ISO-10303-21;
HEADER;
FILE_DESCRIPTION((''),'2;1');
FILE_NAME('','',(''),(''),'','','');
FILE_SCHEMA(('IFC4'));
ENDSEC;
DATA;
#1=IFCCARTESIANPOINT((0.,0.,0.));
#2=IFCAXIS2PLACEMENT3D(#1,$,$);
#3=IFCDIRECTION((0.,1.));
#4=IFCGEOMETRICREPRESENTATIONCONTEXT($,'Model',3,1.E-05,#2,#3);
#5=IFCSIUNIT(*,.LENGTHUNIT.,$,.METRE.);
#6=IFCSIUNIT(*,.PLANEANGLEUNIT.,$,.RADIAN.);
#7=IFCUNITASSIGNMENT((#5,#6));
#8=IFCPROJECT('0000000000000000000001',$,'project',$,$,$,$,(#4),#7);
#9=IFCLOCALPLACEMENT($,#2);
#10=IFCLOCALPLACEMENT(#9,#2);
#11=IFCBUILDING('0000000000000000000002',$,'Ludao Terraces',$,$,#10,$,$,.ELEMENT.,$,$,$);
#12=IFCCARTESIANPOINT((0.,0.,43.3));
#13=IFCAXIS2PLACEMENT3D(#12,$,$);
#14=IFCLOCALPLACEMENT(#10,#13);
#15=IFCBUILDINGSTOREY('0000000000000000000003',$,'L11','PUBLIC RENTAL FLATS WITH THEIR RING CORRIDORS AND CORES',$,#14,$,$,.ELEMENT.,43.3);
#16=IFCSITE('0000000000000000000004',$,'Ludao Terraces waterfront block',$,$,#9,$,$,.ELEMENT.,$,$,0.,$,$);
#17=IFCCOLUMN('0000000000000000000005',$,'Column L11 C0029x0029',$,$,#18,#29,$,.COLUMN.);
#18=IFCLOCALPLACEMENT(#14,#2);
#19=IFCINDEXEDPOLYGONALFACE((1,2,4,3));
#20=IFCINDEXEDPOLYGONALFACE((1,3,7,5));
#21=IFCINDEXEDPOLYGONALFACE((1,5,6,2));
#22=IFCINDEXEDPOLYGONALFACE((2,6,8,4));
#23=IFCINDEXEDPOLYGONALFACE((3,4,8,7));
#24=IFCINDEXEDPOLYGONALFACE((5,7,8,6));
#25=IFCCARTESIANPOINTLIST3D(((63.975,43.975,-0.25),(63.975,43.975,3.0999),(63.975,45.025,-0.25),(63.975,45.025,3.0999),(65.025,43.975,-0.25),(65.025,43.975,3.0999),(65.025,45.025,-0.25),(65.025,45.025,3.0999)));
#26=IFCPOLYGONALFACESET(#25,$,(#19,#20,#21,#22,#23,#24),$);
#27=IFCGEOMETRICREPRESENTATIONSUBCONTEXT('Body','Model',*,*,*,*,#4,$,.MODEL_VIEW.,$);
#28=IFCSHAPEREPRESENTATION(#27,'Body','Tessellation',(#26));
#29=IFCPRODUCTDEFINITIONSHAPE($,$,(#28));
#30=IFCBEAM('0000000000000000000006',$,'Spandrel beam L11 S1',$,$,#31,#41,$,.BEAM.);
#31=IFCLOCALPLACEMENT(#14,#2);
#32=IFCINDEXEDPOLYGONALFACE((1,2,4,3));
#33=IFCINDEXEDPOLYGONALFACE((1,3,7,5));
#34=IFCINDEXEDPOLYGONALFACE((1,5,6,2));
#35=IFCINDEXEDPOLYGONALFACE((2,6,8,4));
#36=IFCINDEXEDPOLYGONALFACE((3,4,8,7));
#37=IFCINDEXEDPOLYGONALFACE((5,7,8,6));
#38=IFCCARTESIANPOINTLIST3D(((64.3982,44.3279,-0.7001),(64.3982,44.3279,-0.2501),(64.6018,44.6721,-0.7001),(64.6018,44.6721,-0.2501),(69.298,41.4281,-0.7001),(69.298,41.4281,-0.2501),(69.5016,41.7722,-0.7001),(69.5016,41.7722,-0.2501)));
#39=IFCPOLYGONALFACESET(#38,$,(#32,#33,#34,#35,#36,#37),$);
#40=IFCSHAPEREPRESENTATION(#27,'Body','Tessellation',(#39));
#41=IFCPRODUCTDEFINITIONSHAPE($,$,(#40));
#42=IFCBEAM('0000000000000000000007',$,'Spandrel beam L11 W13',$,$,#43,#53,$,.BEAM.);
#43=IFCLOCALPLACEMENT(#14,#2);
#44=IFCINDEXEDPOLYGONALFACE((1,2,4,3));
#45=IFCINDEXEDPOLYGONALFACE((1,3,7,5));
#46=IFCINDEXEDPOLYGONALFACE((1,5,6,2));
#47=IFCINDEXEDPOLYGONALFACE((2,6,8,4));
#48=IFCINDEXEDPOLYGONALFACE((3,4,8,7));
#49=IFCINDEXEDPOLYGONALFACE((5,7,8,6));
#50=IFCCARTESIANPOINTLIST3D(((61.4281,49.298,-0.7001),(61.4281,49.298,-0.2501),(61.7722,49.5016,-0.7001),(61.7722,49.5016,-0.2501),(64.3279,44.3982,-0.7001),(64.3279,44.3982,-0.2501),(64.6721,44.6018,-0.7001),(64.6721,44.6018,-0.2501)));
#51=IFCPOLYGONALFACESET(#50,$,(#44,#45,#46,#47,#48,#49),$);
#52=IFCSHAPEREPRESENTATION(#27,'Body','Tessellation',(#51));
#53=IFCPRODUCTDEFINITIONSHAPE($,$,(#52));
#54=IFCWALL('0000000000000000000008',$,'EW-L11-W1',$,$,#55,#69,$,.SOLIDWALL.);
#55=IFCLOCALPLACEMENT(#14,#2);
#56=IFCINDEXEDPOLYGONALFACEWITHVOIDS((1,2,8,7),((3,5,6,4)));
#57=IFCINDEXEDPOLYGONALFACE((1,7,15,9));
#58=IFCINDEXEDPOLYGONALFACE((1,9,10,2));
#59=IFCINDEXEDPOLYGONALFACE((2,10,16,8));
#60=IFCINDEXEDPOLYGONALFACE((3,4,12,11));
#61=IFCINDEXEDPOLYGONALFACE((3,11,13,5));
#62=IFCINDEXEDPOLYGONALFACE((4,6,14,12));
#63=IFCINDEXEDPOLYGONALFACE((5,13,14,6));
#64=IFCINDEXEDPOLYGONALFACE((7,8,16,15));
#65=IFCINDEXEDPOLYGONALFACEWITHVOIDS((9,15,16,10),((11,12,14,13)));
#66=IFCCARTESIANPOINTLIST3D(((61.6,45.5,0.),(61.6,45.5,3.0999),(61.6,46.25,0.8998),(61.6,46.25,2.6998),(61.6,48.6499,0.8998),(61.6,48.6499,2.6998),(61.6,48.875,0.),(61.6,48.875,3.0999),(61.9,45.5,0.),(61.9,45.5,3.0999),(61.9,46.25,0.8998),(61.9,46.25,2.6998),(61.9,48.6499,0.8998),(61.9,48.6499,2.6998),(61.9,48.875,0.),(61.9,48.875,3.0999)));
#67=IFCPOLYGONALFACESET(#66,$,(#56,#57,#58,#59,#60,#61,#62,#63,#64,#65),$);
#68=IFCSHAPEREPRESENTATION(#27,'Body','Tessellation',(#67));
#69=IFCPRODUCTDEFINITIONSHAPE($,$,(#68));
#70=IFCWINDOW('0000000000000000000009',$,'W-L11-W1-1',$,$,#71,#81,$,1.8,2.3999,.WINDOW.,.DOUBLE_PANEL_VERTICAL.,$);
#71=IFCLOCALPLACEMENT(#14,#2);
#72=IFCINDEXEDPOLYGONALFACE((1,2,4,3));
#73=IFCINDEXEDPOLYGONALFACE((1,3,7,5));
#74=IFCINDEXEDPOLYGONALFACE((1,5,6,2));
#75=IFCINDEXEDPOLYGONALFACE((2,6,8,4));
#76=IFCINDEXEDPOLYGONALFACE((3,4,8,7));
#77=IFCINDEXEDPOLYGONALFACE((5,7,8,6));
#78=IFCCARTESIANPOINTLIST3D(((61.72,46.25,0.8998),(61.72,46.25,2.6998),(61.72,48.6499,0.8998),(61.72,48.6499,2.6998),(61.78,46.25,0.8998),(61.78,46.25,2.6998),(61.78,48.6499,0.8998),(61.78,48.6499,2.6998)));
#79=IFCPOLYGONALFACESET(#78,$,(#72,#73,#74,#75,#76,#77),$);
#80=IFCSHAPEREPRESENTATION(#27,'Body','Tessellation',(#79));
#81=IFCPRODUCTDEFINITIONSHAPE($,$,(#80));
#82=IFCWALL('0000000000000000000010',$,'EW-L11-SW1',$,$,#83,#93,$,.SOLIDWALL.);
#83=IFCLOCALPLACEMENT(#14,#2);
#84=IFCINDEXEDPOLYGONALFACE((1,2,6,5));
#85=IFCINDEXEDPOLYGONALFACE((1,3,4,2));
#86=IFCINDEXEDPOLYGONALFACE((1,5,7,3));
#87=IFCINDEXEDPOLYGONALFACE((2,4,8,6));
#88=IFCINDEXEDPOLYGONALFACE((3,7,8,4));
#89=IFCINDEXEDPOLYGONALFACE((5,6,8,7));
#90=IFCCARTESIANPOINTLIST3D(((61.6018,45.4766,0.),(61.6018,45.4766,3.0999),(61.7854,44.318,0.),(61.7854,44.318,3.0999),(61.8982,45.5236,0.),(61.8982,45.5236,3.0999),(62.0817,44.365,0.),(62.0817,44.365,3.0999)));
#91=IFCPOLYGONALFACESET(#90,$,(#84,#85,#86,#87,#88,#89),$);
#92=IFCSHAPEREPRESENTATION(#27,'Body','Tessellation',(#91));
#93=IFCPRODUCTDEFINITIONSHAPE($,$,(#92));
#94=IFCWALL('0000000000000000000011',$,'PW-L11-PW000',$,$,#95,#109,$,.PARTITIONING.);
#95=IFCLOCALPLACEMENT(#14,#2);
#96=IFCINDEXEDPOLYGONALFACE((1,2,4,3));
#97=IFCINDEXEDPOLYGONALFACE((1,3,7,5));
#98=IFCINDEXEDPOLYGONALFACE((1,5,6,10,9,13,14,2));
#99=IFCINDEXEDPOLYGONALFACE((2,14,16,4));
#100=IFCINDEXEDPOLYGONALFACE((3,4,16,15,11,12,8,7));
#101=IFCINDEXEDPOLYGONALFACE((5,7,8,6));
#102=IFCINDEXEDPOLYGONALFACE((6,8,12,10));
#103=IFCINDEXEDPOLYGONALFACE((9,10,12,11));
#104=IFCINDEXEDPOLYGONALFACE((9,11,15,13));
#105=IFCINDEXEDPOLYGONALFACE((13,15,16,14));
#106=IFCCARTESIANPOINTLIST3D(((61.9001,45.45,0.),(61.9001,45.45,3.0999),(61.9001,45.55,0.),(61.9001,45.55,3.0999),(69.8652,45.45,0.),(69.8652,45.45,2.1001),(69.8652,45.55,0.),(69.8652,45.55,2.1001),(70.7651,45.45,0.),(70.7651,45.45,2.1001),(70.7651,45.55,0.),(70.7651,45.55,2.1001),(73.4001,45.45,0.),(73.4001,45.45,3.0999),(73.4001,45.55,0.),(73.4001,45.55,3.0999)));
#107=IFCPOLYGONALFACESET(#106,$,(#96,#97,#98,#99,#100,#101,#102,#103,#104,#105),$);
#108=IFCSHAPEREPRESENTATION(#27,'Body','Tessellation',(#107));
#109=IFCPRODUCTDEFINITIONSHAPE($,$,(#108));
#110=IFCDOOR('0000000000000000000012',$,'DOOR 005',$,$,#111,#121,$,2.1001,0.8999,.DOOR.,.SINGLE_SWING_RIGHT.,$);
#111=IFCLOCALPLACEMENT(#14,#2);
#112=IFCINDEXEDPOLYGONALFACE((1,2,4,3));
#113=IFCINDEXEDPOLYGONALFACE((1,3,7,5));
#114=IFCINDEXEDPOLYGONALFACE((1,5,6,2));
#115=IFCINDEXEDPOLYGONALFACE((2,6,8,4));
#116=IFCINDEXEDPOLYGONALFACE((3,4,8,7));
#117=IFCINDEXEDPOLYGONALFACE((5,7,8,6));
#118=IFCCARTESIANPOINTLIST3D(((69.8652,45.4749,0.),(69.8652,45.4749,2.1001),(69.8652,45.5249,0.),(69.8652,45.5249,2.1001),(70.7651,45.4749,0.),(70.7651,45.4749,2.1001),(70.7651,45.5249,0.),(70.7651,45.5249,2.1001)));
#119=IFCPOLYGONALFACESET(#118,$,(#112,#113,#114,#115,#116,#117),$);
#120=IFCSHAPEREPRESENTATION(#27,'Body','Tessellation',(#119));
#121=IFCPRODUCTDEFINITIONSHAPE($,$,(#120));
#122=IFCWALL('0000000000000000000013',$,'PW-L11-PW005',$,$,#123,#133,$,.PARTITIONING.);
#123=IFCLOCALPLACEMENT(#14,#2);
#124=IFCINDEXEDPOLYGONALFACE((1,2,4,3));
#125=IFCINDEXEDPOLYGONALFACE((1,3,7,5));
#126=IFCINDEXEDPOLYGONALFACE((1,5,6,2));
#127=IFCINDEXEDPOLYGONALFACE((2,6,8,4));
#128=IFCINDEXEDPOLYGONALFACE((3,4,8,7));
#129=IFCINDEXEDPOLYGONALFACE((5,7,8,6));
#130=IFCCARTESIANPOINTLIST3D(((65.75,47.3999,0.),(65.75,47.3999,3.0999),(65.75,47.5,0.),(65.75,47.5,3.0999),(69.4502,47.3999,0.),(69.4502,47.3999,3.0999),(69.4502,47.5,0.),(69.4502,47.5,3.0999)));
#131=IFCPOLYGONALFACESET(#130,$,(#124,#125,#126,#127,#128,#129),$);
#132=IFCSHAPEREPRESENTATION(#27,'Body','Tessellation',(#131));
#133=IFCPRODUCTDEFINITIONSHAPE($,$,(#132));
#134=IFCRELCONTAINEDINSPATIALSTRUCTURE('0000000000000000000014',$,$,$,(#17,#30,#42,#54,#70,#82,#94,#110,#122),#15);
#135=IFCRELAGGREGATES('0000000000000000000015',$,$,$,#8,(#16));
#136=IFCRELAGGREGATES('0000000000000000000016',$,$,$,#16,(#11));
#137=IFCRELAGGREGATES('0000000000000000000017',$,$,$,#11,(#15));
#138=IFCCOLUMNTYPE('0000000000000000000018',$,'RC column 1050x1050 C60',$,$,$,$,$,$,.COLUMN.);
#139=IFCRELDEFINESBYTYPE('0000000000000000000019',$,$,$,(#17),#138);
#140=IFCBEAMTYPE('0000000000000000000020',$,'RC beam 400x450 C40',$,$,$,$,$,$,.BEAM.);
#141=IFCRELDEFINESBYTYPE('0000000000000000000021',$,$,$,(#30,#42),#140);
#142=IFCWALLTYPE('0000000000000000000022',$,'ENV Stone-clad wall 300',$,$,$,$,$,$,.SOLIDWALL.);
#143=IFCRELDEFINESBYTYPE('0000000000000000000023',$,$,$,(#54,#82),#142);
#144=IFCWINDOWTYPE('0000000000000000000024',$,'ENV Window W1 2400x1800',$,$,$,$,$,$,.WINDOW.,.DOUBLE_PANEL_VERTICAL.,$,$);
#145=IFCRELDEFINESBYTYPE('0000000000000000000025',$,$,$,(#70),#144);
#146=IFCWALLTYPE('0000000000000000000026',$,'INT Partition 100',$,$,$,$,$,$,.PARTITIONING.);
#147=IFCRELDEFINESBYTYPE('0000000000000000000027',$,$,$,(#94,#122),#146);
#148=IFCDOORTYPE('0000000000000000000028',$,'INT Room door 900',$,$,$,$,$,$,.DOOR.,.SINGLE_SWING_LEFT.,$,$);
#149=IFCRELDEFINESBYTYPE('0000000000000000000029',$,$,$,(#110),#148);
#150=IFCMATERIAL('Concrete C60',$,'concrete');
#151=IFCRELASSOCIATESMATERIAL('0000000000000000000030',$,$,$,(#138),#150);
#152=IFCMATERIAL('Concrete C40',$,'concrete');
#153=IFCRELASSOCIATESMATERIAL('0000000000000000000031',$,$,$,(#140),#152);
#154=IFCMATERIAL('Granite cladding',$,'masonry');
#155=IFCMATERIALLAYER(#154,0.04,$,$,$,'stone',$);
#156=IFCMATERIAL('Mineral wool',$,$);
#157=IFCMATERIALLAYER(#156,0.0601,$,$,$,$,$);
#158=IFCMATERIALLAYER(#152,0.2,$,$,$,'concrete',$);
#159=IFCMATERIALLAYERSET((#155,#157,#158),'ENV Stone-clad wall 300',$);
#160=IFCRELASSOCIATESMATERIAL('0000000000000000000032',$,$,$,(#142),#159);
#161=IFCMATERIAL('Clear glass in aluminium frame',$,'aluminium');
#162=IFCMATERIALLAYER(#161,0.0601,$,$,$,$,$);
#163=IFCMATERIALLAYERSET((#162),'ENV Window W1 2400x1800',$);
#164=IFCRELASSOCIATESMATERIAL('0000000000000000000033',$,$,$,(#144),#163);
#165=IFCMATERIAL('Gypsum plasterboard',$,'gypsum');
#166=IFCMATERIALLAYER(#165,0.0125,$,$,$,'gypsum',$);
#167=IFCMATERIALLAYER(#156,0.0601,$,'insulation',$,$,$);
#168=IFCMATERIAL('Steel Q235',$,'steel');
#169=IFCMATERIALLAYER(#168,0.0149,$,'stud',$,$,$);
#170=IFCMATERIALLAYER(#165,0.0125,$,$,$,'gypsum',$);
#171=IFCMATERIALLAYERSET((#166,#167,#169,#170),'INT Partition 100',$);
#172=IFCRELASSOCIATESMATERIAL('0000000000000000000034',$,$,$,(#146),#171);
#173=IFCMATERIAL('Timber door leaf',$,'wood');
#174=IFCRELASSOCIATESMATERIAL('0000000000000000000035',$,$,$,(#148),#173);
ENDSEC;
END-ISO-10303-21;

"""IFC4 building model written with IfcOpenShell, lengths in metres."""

from ifc_helpers import new_model, si_unit, direction, frame, frame_2d, origin, origin_2d, place, context, subcontext, project, spatial, rectangle, extrude, material, layer, layer_set, material_profile, profile_set, type_object, element, fill, save


model = new_model("IFC4")

# Units and contexts
model_context = context("Model", 3, precision=1e-05, world=origin(), true_north=direction((0.0, 1.0)))
body_context = subcontext(model_context, "Body", "Model", "MODEL_VIEW")
ifc_project = project(units=[si_unit("LENGTHUNIT", "METRE"), si_unit("PLANEANGLEUNIT", "RADIAN")], contexts=[model_context])

# Site, building, storey
site_placement = place(None, origin())
site = spatial("IfcSite", under=ifc_project, at=site_placement, Name="Ludao Terraces waterfront block", CompositionType="ELEMENT", RefElevation=0.0)
building_placement = place(site_placement, origin())
building = spatial("IfcBuilding", under=site, at=building_placement, Name="Ludao Terraces", CompositionType="ELEMENT")
storey_placement = place(building_placement, frame((0.0, 0.0, 43.3)))
storey = spatial("IfcBuildingStorey", under=building, at=storey_placement, Name="L11", Description="PUBLIC RENTAL FLATS WITH THEIR RING CORRIDORS AND CORES", CompositionType="ELEMENT", Elevation=43.3)

# Column
ifc_material_1 = material(Name="Concrete C60", Category="concrete")
ifc_material_profile_1 = material_profile(ifc_material_1, rectangle(XDim=1.05, YDim=1.05, at=origin_2d()), Name="1050 X 1050")
ifc_profile_set_1 = profile_set([ifc_material_profile_1], Name="Concrete C60")
column_type = type_object("IfcColumnType", Name="RC column 1050x1050 C60", PredefinedType="COLUMN", material=ifc_profile_set_1)
column_placement = place(storey_placement, frame((64.5, 44.5, -0.25), z_axis=(0.0, 0.0, 1.0), x_axis=(1.0, 0.0, 0.0)))
element("IfcColumn", 1, at=column_placement, inside=storey, type_object=column_type, Name="Column L11 C0029x0029", PredefinedType="COLUMN", context=body_context, shape_type="SweptSolid", body=[
    extrude(rectangle(XDim=1.05, YDim=1.05, at=origin_2d()), origin(), (0.0, 0.0, 1.0), 3.3499),
])

# Beams
ifc_material_2 = material(Name="Concrete C40", Category="concrete")
ifc_material_profile_2 = material_profile(ifc_material_2, rectangle(XDim=0.3999, YDim=0.45, at=origin_2d()), Name="400 X 450")
ifc_profile_set_2 = profile_set([ifc_material_profile_2], Name="Concrete C40")
beam_type = type_object("IfcBeamType", Name="RC beam 400x450 C40", PredefinedType="BEAM", material=ifc_profile_set_2)
for number, where, z_axis, x_axis, name in (
    (2, (64.5, 44.5, -0.4751), (0.86058, -0.509316, 0.0), (0.509316, 0.86058, 0.0), "Spandrel beam L11 S1"),
    (3, (64.5, 44.5, -0.4751), (-0.509316, 0.86058, 0.0), (-0.86058, -0.509316, 0.0), "Spandrel beam L11 W13"),
):
    element("IfcBeam", number, at=place(storey_placement, frame(where, z_axis=z_axis, x_axis=x_axis)), inside=storey, type_object=beam_type, Name=name, PredefinedType="BEAM", context=body_context, shape_type="SweptSolid", body=[
        extrude(rectangle(XDim=0.3999, YDim=0.45, at=origin_2d()), origin(), (0.0, 0.0, 1.0), 5.6936),
    ])

# Wall, opening, window
ifc_material_3 = material(Name="Granite cladding", Category="masonry")
ifc_layer_1 = layer(ifc_material_3, 0.04, Category="stone")
ifc_material_4 = material(Name="Mineral wool")
ifc_layer_2 = layer(ifc_material_4, 0.0601)
ifc_layer_3 = layer(ifc_material_2, 0.2, Category="concrete")
ifc_layer_set_1 = layer_set([ifc_layer_1, ifc_layer_2, ifc_layer_3], Name="ENV Stone-clad wall 300")
wall_type_1 = type_object("IfcWallType", Name="ENV Stone-clad wall 300", PredefinedType="SOLIDWALL", material=ifc_layer_set_1)
wall_1_placement = place(storey_placement, frame((61.75, 45.5, 0.0), z_axis=(0.0, 0.0, 1.0), x_axis=(0.0, 1.0, 0.0)))
wall_1 = element("IfcWall", 4, at=wall_1_placement, inside=storey, type_object=wall_type_1, Name="EW-L11-W1", PredefinedType="SOLIDWALL", context=body_context, shape_type="SweptSolid", body=[
    extrude(rectangle(XDim=3.375, YDim=0.3, at=frame_2d((1.6875, 0.0))), origin(), (0.0, 0.0, 1.0), 3.0999),
])
opening_1_placement = place(wall_1_placement, frame((0.75, 0.0, 0.8999)))
opening_1 = element("IfcOpeningElement", 5, at=opening_1_placement, cuts=wall_1, PredefinedType="OPENING", context=body_context, shape_type="SweptSolid", body=[
    extrude(rectangle(XDim=2.3999, YDim=1.8, at=frame_2d((1.2, 0.8999))), frame((0.0, 0.1602, 0.0), z_axis=(0.0, -1.0, 0.0), x_axis=(1.0, 0.0, 0.0)), (0.0, 0.0, 1.0), 0.3201),
])
ifc_material_5 = material(Name="Clear glass in aluminium frame", Category="aluminium")
ifc_layer_4 = layer(ifc_material_5, 0.0601)
ifc_layer_set_2 = layer_set([ifc_layer_4], Name="ENV Window W1 2400x1800")
window_type = type_object("IfcWindowType", Name="ENV Window W1 2400x1800", PartitioningType="DOUBLE_PANEL_VERTICAL", PredefinedType="WINDOW", material=ifc_layer_set_2)
window_placement = place(opening_1_placement, origin())
window = element("IfcWindow", 6, at=window_placement, inside=storey, type_object=window_type, Name="W-L11-W1-1", OverallHeight=1.8, OverallWidth=2.3999, PartitioningType="DOUBLE_PANEL_VERTICAL", PredefinedType="WINDOW", context=body_context, shape_type="SweptSolid", body=[
    extrude(rectangle(XDim=2.3999, YDim=1.8, at=frame_2d((1.2, 0.8999))), frame((0.0, 0.03, 0.0), z_axis=(0.0, -1.0, 0.0), x_axis=(1.0, 0.0, 0.0)), (0.0, 0.0, 1.0), 0.0601),
])
fill(opening_1, window)

# Wall
wall_2_placement = place(storey_placement, frame((61.75, 45.5, 0.0), z_axis=(0.0, 0.0, 1.0), x_axis=(0.156497, -0.987678, 0.0)))
element("IfcWall", 7, at=wall_2_placement, inside=storey, type_object=wall_type_1, Name="EW-L11-SW1", PredefinedType="SOLIDWALL", context=body_context, shape_type="SweptSolid", body=[
    extrude(rectangle(XDim=1.1731, YDim=0.3, at=frame_2d((0.5864, 0.0))), origin(), (0.0, 0.0, 1.0), 3.0999),
])

# Wall, opening, door
ifc_material_6 = material(Name="Gypsum plasterboard", Category="gypsum")
ifc_layer_5 = layer(ifc_material_6, 0.0125, Category="gypsum")
ifc_layer_6 = layer(ifc_material_4, 0.0601, Name="insulation")
ifc_material_7 = material(Name="Steel Q235", Category="steel")
ifc_layer_7 = layer(ifc_material_7, 0.0149, Name="stud")
ifc_layer_8 = layer(ifc_material_6, 0.0125, Category="gypsum")
ifc_layer_set_3 = layer_set([ifc_layer_5, ifc_layer_6, ifc_layer_7, ifc_layer_8], Name="INT Partition 100")
wall_type_2 = type_object("IfcWallType", Name="INT Partition 100", PredefinedType="PARTITIONING", material=ifc_layer_set_3)
wall_3_placement = place(storey_placement, frame((61.9001, 45.5, 0.0), z_axis=(0.0, 0.0, 1.0), x_axis=(1.0, 0.0, 0.0)))
wall_3 = element("IfcWall", 8, at=wall_3_placement, inside=storey, type_object=wall_type_2, Name="PW-L11-PW000", PredefinedType="PARTITIONING", context=body_context, shape_type="SweptSolid", body=[
    extrude(rectangle(XDim=11.5, YDim=0.1001, at=frame_2d((5.75, 0.0))), origin(), (0.0, 0.0, 1.0), 3.0999),
])
opening_2_placement = place(wall_3_placement, frame((7.9651, 0.0, 0.0)))
opening_2 = element("IfcOpeningElement", 9, at=opening_2_placement, cuts=wall_3, PredefinedType="OPENING", context=body_context, shape_type="SweptSolid", body=[
    extrude(rectangle(XDim=0.8999, YDim=2.1001, at=frame_2d((0.45, 1.05))), frame((0.0, 0.0601, 0.0), z_axis=(0.0, -1.0, 0.0), x_axis=(1.0, 0.0, 0.0)), (0.0, 0.0, 1.0), 0.1201),
])
ifc_material_8 = material(Name="Timber door leaf", Category="wood")
door_type = type_object("IfcDoorType", Name="INT Room door 900", OperationType="SINGLE_SWING_LEFT", PredefinedType="DOOR", material=ifc_material_8)
door_placement = place(opening_2_placement, origin())
door = element("IfcDoor", 10, at=door_placement, inside=storey, type_object=door_type, Name="DOOR 005", OperationType="SINGLE_SWING_RIGHT", OverallHeight=2.1001, OverallWidth=0.8999, PredefinedType="DOOR", context=body_context, shape_type="SweptSolid", body=[
    extrude(rectangle(XDim=0.8999, YDim=2.1001, at=frame_2d((0.45, 1.05))), frame((0.0, 0.0249, 0.0), z_axis=(0.0, -1.0, 0.0), x_axis=(1.0, 0.0, 0.0)), (0.0, 0.0, 1.0), 0.05),
])
fill(opening_2, door)

# Wall
wall_4_placement = place(storey_placement, frame((65.75, 47.45, 0.0), z_axis=(0.0, 0.0, 1.0), x_axis=(1.0, 0.0, 0.0)))
element("IfcWall", 11, at=wall_4_placement, inside=storey, type_object=wall_type_2, Name="PW-L11-PW005", PredefinedType="PARTITIONING", context=body_context, shape_type="SweptSolid", body=[
    extrude(rectangle(XDim=3.7002, YDim=0.1001, at=frame_2d((1.8501, 0.0))), origin(), (0.0, 0.0, 1.0), 3.0999),
])

save(model, "model.ifc")
